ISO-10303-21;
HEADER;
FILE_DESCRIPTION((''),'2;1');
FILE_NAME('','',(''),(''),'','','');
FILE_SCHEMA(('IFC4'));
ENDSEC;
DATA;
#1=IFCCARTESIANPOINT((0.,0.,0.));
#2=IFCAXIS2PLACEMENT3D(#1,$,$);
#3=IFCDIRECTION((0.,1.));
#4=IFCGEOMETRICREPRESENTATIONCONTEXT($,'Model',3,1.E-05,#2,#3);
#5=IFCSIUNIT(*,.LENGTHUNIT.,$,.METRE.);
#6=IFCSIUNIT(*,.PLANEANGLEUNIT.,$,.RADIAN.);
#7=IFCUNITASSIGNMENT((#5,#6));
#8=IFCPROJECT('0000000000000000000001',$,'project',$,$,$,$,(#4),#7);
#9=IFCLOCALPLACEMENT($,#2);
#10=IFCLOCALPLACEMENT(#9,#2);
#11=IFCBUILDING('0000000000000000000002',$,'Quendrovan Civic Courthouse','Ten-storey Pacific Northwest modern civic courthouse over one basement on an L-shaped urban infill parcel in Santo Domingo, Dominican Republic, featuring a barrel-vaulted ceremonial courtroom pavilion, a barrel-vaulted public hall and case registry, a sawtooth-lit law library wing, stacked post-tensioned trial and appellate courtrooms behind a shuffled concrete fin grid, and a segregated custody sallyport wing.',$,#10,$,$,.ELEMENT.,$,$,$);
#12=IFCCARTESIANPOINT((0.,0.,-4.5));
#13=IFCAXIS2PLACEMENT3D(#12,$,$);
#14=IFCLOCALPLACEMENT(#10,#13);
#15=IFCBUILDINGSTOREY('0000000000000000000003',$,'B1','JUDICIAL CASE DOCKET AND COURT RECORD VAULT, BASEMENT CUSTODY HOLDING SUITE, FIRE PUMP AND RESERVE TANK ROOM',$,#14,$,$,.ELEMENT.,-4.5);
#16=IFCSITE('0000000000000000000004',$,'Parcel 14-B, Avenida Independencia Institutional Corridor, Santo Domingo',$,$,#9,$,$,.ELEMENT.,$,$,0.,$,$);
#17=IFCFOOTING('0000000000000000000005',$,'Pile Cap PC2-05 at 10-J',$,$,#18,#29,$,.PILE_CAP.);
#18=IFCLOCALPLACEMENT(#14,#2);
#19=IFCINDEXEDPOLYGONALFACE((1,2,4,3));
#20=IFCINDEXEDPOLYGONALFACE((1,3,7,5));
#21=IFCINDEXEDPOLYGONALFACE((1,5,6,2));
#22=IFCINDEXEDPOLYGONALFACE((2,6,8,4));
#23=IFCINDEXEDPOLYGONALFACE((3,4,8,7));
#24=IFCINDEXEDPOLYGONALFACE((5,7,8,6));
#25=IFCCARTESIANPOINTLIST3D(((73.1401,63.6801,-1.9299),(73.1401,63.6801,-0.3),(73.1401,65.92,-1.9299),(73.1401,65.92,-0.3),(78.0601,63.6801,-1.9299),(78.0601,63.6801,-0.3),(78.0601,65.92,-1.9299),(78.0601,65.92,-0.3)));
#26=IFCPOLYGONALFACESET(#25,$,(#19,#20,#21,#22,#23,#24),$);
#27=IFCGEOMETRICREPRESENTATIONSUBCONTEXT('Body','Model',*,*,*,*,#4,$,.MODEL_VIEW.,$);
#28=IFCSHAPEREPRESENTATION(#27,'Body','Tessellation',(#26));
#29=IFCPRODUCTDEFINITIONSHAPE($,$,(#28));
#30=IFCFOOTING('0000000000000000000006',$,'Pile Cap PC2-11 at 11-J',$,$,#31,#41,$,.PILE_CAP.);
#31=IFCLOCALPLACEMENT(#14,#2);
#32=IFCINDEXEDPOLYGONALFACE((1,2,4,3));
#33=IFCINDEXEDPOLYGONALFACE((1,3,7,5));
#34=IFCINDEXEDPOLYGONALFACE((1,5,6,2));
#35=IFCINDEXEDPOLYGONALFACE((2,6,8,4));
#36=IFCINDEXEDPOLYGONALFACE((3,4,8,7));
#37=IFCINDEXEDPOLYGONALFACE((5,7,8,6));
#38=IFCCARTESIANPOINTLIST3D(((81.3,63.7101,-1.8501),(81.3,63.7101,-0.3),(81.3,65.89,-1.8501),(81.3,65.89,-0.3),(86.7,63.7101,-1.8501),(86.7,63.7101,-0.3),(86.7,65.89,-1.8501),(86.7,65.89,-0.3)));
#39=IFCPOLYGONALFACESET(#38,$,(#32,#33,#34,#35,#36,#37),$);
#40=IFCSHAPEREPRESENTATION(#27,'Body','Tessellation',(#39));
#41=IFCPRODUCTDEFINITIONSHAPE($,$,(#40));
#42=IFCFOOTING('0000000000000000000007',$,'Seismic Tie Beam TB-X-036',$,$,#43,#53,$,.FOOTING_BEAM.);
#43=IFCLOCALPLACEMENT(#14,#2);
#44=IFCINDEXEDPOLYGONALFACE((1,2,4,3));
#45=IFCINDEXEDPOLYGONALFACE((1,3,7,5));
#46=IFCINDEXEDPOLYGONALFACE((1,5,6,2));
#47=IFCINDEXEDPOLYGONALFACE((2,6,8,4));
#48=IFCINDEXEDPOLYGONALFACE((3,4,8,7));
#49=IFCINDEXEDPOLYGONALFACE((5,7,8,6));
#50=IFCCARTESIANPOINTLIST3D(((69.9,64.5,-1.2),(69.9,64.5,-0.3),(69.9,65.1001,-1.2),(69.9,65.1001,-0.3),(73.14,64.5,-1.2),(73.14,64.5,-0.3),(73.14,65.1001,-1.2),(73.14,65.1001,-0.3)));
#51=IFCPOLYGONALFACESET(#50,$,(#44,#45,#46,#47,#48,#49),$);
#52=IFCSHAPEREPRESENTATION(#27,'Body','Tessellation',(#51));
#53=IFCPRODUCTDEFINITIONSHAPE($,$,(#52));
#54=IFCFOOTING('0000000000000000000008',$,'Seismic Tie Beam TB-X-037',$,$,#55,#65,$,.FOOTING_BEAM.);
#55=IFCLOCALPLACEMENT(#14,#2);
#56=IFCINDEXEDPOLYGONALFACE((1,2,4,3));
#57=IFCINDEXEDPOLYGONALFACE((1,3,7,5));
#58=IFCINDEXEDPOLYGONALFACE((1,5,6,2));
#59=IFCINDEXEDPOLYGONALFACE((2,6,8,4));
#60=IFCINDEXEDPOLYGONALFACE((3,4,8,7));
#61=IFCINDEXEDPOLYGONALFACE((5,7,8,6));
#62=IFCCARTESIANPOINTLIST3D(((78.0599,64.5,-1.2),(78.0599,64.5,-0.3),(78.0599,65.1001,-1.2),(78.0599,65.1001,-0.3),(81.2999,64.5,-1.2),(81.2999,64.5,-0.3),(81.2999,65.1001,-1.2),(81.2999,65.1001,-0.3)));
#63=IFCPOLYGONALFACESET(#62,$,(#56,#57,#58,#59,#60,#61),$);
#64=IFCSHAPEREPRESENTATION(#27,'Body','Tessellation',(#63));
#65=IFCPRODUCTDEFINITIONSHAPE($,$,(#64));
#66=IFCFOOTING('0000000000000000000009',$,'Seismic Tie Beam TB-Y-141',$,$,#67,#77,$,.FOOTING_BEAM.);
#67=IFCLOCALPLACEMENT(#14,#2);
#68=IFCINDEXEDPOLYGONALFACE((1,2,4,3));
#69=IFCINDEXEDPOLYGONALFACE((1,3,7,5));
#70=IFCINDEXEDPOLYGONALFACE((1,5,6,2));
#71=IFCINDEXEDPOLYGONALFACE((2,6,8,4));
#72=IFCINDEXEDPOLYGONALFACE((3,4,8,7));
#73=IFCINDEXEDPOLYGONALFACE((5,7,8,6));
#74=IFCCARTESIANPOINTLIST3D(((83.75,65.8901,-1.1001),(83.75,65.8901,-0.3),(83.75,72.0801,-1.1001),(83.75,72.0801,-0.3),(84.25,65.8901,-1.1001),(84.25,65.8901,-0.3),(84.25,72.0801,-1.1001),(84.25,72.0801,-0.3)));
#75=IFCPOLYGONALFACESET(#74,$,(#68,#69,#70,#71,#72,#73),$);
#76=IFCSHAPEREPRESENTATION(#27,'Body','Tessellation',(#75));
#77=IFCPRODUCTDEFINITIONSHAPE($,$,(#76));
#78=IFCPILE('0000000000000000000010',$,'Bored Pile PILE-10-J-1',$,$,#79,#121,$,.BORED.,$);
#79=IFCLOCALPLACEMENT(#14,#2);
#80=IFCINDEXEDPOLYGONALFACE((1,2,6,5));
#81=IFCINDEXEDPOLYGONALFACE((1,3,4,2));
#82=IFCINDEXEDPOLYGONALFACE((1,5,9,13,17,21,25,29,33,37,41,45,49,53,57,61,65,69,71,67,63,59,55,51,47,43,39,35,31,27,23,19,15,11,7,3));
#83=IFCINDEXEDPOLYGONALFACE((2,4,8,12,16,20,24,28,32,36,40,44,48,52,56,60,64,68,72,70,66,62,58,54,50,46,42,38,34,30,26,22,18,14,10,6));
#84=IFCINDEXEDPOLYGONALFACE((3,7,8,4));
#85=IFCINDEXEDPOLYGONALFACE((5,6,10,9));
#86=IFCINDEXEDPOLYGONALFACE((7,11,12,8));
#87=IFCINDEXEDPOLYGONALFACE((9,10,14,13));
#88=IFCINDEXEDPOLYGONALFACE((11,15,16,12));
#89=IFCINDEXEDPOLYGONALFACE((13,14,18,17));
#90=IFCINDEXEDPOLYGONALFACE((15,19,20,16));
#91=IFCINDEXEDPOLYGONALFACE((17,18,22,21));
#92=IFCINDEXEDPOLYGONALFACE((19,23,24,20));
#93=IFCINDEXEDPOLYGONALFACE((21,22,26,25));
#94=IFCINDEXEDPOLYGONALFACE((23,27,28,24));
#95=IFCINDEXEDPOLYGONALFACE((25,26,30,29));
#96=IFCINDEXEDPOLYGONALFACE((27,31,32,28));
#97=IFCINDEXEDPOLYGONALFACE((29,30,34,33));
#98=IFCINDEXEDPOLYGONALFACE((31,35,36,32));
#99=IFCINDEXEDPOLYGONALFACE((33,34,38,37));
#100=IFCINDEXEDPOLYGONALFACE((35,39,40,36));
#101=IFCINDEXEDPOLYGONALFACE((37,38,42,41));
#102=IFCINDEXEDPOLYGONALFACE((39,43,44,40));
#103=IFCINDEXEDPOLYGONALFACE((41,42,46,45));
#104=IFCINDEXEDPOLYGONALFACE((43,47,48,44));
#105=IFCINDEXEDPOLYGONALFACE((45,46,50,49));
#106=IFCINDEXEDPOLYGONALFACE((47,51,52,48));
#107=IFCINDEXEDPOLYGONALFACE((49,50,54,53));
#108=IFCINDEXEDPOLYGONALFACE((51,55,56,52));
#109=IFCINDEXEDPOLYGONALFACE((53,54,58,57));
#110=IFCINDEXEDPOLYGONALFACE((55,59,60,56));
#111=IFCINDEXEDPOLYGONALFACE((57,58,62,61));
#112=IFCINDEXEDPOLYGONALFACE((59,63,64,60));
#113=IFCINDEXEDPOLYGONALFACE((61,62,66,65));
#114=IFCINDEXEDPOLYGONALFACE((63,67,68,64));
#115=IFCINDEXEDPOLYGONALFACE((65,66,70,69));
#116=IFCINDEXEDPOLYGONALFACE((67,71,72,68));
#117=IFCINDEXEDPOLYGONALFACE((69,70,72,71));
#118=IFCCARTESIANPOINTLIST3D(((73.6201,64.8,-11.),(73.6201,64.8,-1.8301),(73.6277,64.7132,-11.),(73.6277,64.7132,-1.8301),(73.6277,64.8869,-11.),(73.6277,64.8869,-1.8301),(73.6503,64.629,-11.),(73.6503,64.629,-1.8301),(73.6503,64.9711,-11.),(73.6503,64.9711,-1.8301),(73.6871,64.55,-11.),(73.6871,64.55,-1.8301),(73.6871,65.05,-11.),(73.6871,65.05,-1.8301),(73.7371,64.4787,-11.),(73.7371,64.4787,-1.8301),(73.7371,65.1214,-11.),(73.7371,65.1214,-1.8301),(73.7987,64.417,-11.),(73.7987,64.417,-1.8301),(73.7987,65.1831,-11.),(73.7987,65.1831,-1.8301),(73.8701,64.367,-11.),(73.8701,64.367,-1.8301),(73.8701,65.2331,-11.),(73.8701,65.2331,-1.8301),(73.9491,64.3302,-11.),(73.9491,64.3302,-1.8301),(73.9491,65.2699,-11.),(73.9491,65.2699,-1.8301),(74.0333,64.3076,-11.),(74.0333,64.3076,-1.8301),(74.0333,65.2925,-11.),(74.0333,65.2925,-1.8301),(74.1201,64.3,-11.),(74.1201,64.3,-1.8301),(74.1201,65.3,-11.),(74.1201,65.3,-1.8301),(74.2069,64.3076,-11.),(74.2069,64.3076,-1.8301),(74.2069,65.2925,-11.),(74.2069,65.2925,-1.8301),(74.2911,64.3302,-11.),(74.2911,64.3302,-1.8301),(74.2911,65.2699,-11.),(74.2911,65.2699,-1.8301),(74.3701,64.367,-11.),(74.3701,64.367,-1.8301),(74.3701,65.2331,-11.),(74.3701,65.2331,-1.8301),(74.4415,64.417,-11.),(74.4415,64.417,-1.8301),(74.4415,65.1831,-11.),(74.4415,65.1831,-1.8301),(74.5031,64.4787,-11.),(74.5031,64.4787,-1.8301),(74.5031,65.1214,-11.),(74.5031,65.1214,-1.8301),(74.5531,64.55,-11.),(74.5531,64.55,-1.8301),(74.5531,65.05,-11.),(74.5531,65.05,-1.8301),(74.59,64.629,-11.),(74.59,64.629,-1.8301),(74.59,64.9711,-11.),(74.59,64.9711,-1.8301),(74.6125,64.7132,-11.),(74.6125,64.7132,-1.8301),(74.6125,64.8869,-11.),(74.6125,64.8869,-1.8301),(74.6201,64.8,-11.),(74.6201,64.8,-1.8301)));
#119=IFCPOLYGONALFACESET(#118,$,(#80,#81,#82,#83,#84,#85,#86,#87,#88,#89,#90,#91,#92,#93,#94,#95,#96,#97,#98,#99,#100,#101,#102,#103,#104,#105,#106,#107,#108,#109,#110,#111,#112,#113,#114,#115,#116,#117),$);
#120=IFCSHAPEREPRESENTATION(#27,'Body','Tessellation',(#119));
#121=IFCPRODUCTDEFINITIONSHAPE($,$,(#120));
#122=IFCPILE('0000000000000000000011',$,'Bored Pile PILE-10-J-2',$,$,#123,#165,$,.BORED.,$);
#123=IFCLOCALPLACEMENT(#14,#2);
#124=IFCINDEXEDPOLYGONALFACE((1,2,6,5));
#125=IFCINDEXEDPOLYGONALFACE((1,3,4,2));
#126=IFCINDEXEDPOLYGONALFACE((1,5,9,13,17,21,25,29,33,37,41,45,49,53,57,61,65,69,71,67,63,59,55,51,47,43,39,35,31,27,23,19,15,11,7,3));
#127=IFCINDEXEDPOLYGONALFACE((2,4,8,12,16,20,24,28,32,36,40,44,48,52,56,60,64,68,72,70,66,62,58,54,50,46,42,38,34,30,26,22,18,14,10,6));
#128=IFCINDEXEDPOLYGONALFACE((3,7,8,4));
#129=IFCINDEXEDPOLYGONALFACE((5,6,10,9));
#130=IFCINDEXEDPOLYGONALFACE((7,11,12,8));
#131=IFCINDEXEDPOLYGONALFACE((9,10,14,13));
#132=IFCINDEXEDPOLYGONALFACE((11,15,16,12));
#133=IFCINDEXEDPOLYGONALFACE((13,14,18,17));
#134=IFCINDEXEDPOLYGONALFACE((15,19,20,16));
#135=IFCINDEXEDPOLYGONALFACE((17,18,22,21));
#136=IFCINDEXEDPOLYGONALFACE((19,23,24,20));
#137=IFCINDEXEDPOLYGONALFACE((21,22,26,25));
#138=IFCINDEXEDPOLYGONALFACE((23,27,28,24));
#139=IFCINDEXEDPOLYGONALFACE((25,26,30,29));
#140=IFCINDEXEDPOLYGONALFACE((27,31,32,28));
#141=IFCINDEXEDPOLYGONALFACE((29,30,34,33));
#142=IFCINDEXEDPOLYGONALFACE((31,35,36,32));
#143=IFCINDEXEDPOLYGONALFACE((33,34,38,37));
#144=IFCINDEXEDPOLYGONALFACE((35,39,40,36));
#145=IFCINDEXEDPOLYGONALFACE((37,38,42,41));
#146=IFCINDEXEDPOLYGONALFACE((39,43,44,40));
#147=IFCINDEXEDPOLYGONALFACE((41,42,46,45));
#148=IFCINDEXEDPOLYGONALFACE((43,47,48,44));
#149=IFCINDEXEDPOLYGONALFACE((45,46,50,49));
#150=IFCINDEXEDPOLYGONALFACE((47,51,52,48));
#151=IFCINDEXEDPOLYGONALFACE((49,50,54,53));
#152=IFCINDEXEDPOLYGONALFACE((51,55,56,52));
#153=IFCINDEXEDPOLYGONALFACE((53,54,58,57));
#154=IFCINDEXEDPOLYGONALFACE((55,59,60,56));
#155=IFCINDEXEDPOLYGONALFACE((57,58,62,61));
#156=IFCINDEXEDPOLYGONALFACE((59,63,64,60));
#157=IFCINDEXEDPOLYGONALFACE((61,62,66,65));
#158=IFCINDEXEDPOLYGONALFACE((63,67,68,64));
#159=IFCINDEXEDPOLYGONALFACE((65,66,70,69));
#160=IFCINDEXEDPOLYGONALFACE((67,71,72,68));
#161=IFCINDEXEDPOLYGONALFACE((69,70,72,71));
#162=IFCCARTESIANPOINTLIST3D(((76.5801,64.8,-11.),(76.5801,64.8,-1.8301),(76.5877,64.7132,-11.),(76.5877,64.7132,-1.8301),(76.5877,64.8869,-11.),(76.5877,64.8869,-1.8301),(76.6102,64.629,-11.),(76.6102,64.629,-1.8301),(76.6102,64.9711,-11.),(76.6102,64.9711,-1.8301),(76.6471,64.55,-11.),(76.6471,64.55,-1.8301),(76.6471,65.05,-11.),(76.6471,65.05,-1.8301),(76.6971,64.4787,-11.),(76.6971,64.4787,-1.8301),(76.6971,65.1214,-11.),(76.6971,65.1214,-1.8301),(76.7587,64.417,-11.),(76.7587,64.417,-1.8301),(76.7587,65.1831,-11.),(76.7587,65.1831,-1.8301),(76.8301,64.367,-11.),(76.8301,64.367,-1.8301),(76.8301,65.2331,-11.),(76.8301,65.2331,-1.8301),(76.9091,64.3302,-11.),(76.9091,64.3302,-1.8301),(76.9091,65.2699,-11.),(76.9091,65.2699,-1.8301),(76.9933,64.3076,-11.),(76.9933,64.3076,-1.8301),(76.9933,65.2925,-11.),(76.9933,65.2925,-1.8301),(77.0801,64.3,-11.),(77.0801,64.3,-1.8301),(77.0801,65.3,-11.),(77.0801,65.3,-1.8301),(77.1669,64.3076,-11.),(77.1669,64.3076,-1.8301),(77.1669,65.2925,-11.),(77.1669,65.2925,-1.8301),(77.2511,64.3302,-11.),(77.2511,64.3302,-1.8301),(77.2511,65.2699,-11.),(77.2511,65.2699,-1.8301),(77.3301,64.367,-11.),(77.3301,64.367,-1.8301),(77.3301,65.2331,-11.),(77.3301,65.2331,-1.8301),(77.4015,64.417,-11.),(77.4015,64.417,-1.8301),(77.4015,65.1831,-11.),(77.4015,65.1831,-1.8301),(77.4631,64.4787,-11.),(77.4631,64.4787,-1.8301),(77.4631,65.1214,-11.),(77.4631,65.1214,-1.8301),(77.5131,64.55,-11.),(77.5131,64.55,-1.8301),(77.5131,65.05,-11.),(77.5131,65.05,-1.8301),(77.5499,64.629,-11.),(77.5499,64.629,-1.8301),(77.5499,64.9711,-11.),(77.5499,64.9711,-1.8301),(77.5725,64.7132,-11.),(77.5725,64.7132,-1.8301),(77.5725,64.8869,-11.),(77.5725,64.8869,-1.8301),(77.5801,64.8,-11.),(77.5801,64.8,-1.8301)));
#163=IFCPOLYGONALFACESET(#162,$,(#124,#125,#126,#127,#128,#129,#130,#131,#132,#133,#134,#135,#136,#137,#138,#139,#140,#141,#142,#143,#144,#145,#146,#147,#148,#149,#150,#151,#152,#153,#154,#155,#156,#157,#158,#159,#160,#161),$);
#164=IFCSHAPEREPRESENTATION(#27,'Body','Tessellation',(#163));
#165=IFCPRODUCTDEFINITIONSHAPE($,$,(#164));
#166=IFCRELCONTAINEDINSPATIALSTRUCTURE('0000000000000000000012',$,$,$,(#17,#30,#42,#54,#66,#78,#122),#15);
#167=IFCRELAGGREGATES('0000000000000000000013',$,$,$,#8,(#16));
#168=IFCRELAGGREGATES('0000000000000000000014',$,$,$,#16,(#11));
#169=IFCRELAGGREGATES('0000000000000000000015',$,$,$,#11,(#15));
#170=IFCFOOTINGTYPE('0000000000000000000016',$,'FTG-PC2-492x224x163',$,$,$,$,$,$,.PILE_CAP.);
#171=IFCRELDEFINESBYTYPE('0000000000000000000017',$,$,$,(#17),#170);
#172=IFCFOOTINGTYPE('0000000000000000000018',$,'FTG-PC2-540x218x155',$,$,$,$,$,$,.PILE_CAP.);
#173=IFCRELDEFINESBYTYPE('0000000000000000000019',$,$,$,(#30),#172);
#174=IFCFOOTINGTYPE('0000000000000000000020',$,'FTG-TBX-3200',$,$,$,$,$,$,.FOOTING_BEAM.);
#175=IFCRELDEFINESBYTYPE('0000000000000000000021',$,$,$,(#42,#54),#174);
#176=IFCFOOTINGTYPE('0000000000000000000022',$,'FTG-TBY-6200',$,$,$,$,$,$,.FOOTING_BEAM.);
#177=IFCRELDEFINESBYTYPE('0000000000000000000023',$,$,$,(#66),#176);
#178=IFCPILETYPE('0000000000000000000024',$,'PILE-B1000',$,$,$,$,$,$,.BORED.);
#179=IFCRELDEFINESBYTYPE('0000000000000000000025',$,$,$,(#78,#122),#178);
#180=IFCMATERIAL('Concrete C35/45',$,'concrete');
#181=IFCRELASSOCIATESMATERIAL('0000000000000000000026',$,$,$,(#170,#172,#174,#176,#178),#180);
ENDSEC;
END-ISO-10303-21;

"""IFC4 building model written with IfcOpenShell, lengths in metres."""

from ifc_helpers import new_model, si_unit, direction, frame, origin, origin_2d, place, context, subcontext, project, spatial, rectangle, circle, extrude, material, material_profile, profile_set, type_object, element, save


model = new_model("IFC4")

# Units and contexts
model_context = context("Model", 3, precision=1e-05, world=origin(), true_north=direction((0.0, 1.0)))
body_context = subcontext(model_context, "Body", "Model", "MODEL_VIEW")
ifc_project = project(units=[si_unit("LENGTHUNIT", "METRE"), si_unit("PLANEANGLEUNIT", "RADIAN")], contexts=[model_context])

# Site, building, storey
site_placement = place(None, origin())
site = spatial("IfcSite", under=ifc_project, at=site_placement, Name="Parcel 14-B, Avenida Independencia Institutional Corridor, Santo Domingo", CompositionType="ELEMENT", RefElevation=0.0)
building_placement = place(site_placement, origin())
building = spatial("IfcBuilding", under=site, at=building_placement, Name="Quendrovan Civic Courthouse", Description="Ten-storey Pacific Northwest modern civic courthouse over one basement on an L-shaped urban infill parcel in Santo Domingo, Dominican Republic, featuring a barrel-vaulted ceremonial courtroom pavilion, a barrel-vaulted public hall and case registry, a sawtooth-lit law library wing, stacked post-tensioned trial and appellate courtrooms behind a shuffled concrete fin grid, and a segregated custody sallyport wing.", CompositionType="ELEMENT")
storey_placement = place(building_placement, frame((0.0, 0.0, -4.5)))
storey = spatial("IfcBuildingStorey", under=building, at=storey_placement, Name="B1", Description="JUDICIAL CASE DOCKET AND COURT RECORD VAULT, BASEMENT CUSTODY HOLDING SUITE, FIRE PUMP AND RESERVE TANK ROOM", CompositionType="ELEMENT", Elevation=-4.5)

# Footings
ifc_material_1 = material(Name="Concrete C35/45", Category="concrete")
footing_type_1 = type_object("IfcFootingType", Name="FTG-PC2-492x224x163", PredefinedType="PILE_CAP", material=ifc_material_1)
footing_1_placement = place(storey_placement, frame((75.6001, 64.8, -1.9299), z_axis=(0.0, 0.0, 1.0), x_axis=(1.0, 0.0, 0.0)))
element("IfcFooting", 1, at=footing_1_placement, inside=storey, type_object=footing_type_1, Name="Pile Cap PC2-05 at 10-J", PredefinedType="PILE_CAP", context=body_context, shape_type="SweptSolid", body=[
    extrude(rectangle(XDim=4.9199, YDim=2.24, at=origin_2d()), origin(), (0.0, 0.0, 1.0), 1.6299),
])
footing_type_2 = type_object("IfcFootingType", Name="FTG-PC2-540x218x155", PredefinedType="PILE_CAP", material=ifc_material_1)
footing_2_placement = place(storey_placement, frame((84.0, 64.8, -1.8501), z_axis=(0.0, 0.0, 1.0), x_axis=(1.0, 0.0, 0.0)))
element("IfcFooting", 2, at=footing_2_placement, inside=storey, type_object=footing_type_2, Name="Pile Cap PC2-11 at 11-J", PredefinedType="PILE_CAP", context=body_context, shape_type="SweptSolid", body=[
    extrude(rectangle(XDim=5.3999, YDim=2.1799, at=origin_2d()), origin(), (0.0, 0.0, 1.0), 1.55),
])
footing_type_3 = type_object("IfcFootingType", Name="FTG-TBX-3200", PredefinedType="FOOTING_BEAM", material=ifc_material_1)
for number, where, z_axis, x_axis, name in (
    (3, (71.52, 64.8, -1.2), (0.0, 0.0, 1.0), (1.0, 0.0, 0.0), "Seismic Tie Beam TB-X-036"),
    (4, (79.6799, 64.8, -1.2), (0.0, 0.0, 1.0), (1.0, 0.0, 0.0), "Seismic Tie Beam TB-X-037"),
):
    element("IfcFooting", number, at=place(storey_placement, frame(where, z_axis=z_axis, x_axis=x_axis)), inside=storey, type_object=footing_type_3, Name=name, PredefinedType="FOOTING_BEAM", context=body_context, shape_type="SweptSolid", body=[
        extrude(rectangle(XDim=3.24, YDim=0.6001, at=origin_2d()), origin(), (0.0, 0.0, 1.0), 0.8999),
    ])
footing_type_4 = type_object("IfcFootingType", Name="FTG-TBY-6200", PredefinedType="FOOTING_BEAM", material=ifc_material_1)
footing_3_placement = place(storey_placement, frame((84.0, 68.9851, -1.1001), z_axis=(0.0, 0.0, 1.0), x_axis=(1.0, 0.0, 0.0)))
element("IfcFooting", 5, at=footing_3_placement, inside=storey, type_object=footing_type_4, Name="Seismic Tie Beam TB-Y-141", PredefinedType="FOOTING_BEAM", context=body_context, shape_type="SweptSolid", body=[
    extrude(rectangle(XDim=0.5, YDim=6.1899, at=origin_2d()), origin(), (0.0, 0.0, 1.0), 0.8),
])

# Piles
ifc_material_profile_1 = material_profile(ifc_material_1, circle(Radius=0.5, at=origin_2d()), Name="PILE-D1000")
ifc_profile_set_1 = profile_set([ifc_material_profile_1], Name="Concrete C35/45")
pile_type = type_object("IfcPileType", Name="PILE-B1000", PredefinedType="BORED", material=ifc_profile_set_1)
for number, where, z_axis, x_axis, name in (
    (6, (74.1201, 64.8, -1.8301), (0.0, 0.0, -1.0), (1.0, 0.0, 0.0), "Bored Pile PILE-10-J-1"),
    (7, (77.0801, 64.8, -1.8301), (0.0, 0.0, -1.0), (1.0, 0.0, 0.0), "Bored Pile PILE-10-J-2"),
):
    element("IfcPile", number, at=place(storey_placement, frame(where, z_axis=z_axis, x_axis=x_axis)), inside=storey, type_object=pile_type, Name=name, PredefinedType="BORED", context=body_context, shape_type="SweptSolid", body=[
        extrude(circle(Radius=0.5, at=origin_2d()), origin(), (0.0, 0.0, 1.0), 9.1699),
    ])

save(model, "model.ifc")
